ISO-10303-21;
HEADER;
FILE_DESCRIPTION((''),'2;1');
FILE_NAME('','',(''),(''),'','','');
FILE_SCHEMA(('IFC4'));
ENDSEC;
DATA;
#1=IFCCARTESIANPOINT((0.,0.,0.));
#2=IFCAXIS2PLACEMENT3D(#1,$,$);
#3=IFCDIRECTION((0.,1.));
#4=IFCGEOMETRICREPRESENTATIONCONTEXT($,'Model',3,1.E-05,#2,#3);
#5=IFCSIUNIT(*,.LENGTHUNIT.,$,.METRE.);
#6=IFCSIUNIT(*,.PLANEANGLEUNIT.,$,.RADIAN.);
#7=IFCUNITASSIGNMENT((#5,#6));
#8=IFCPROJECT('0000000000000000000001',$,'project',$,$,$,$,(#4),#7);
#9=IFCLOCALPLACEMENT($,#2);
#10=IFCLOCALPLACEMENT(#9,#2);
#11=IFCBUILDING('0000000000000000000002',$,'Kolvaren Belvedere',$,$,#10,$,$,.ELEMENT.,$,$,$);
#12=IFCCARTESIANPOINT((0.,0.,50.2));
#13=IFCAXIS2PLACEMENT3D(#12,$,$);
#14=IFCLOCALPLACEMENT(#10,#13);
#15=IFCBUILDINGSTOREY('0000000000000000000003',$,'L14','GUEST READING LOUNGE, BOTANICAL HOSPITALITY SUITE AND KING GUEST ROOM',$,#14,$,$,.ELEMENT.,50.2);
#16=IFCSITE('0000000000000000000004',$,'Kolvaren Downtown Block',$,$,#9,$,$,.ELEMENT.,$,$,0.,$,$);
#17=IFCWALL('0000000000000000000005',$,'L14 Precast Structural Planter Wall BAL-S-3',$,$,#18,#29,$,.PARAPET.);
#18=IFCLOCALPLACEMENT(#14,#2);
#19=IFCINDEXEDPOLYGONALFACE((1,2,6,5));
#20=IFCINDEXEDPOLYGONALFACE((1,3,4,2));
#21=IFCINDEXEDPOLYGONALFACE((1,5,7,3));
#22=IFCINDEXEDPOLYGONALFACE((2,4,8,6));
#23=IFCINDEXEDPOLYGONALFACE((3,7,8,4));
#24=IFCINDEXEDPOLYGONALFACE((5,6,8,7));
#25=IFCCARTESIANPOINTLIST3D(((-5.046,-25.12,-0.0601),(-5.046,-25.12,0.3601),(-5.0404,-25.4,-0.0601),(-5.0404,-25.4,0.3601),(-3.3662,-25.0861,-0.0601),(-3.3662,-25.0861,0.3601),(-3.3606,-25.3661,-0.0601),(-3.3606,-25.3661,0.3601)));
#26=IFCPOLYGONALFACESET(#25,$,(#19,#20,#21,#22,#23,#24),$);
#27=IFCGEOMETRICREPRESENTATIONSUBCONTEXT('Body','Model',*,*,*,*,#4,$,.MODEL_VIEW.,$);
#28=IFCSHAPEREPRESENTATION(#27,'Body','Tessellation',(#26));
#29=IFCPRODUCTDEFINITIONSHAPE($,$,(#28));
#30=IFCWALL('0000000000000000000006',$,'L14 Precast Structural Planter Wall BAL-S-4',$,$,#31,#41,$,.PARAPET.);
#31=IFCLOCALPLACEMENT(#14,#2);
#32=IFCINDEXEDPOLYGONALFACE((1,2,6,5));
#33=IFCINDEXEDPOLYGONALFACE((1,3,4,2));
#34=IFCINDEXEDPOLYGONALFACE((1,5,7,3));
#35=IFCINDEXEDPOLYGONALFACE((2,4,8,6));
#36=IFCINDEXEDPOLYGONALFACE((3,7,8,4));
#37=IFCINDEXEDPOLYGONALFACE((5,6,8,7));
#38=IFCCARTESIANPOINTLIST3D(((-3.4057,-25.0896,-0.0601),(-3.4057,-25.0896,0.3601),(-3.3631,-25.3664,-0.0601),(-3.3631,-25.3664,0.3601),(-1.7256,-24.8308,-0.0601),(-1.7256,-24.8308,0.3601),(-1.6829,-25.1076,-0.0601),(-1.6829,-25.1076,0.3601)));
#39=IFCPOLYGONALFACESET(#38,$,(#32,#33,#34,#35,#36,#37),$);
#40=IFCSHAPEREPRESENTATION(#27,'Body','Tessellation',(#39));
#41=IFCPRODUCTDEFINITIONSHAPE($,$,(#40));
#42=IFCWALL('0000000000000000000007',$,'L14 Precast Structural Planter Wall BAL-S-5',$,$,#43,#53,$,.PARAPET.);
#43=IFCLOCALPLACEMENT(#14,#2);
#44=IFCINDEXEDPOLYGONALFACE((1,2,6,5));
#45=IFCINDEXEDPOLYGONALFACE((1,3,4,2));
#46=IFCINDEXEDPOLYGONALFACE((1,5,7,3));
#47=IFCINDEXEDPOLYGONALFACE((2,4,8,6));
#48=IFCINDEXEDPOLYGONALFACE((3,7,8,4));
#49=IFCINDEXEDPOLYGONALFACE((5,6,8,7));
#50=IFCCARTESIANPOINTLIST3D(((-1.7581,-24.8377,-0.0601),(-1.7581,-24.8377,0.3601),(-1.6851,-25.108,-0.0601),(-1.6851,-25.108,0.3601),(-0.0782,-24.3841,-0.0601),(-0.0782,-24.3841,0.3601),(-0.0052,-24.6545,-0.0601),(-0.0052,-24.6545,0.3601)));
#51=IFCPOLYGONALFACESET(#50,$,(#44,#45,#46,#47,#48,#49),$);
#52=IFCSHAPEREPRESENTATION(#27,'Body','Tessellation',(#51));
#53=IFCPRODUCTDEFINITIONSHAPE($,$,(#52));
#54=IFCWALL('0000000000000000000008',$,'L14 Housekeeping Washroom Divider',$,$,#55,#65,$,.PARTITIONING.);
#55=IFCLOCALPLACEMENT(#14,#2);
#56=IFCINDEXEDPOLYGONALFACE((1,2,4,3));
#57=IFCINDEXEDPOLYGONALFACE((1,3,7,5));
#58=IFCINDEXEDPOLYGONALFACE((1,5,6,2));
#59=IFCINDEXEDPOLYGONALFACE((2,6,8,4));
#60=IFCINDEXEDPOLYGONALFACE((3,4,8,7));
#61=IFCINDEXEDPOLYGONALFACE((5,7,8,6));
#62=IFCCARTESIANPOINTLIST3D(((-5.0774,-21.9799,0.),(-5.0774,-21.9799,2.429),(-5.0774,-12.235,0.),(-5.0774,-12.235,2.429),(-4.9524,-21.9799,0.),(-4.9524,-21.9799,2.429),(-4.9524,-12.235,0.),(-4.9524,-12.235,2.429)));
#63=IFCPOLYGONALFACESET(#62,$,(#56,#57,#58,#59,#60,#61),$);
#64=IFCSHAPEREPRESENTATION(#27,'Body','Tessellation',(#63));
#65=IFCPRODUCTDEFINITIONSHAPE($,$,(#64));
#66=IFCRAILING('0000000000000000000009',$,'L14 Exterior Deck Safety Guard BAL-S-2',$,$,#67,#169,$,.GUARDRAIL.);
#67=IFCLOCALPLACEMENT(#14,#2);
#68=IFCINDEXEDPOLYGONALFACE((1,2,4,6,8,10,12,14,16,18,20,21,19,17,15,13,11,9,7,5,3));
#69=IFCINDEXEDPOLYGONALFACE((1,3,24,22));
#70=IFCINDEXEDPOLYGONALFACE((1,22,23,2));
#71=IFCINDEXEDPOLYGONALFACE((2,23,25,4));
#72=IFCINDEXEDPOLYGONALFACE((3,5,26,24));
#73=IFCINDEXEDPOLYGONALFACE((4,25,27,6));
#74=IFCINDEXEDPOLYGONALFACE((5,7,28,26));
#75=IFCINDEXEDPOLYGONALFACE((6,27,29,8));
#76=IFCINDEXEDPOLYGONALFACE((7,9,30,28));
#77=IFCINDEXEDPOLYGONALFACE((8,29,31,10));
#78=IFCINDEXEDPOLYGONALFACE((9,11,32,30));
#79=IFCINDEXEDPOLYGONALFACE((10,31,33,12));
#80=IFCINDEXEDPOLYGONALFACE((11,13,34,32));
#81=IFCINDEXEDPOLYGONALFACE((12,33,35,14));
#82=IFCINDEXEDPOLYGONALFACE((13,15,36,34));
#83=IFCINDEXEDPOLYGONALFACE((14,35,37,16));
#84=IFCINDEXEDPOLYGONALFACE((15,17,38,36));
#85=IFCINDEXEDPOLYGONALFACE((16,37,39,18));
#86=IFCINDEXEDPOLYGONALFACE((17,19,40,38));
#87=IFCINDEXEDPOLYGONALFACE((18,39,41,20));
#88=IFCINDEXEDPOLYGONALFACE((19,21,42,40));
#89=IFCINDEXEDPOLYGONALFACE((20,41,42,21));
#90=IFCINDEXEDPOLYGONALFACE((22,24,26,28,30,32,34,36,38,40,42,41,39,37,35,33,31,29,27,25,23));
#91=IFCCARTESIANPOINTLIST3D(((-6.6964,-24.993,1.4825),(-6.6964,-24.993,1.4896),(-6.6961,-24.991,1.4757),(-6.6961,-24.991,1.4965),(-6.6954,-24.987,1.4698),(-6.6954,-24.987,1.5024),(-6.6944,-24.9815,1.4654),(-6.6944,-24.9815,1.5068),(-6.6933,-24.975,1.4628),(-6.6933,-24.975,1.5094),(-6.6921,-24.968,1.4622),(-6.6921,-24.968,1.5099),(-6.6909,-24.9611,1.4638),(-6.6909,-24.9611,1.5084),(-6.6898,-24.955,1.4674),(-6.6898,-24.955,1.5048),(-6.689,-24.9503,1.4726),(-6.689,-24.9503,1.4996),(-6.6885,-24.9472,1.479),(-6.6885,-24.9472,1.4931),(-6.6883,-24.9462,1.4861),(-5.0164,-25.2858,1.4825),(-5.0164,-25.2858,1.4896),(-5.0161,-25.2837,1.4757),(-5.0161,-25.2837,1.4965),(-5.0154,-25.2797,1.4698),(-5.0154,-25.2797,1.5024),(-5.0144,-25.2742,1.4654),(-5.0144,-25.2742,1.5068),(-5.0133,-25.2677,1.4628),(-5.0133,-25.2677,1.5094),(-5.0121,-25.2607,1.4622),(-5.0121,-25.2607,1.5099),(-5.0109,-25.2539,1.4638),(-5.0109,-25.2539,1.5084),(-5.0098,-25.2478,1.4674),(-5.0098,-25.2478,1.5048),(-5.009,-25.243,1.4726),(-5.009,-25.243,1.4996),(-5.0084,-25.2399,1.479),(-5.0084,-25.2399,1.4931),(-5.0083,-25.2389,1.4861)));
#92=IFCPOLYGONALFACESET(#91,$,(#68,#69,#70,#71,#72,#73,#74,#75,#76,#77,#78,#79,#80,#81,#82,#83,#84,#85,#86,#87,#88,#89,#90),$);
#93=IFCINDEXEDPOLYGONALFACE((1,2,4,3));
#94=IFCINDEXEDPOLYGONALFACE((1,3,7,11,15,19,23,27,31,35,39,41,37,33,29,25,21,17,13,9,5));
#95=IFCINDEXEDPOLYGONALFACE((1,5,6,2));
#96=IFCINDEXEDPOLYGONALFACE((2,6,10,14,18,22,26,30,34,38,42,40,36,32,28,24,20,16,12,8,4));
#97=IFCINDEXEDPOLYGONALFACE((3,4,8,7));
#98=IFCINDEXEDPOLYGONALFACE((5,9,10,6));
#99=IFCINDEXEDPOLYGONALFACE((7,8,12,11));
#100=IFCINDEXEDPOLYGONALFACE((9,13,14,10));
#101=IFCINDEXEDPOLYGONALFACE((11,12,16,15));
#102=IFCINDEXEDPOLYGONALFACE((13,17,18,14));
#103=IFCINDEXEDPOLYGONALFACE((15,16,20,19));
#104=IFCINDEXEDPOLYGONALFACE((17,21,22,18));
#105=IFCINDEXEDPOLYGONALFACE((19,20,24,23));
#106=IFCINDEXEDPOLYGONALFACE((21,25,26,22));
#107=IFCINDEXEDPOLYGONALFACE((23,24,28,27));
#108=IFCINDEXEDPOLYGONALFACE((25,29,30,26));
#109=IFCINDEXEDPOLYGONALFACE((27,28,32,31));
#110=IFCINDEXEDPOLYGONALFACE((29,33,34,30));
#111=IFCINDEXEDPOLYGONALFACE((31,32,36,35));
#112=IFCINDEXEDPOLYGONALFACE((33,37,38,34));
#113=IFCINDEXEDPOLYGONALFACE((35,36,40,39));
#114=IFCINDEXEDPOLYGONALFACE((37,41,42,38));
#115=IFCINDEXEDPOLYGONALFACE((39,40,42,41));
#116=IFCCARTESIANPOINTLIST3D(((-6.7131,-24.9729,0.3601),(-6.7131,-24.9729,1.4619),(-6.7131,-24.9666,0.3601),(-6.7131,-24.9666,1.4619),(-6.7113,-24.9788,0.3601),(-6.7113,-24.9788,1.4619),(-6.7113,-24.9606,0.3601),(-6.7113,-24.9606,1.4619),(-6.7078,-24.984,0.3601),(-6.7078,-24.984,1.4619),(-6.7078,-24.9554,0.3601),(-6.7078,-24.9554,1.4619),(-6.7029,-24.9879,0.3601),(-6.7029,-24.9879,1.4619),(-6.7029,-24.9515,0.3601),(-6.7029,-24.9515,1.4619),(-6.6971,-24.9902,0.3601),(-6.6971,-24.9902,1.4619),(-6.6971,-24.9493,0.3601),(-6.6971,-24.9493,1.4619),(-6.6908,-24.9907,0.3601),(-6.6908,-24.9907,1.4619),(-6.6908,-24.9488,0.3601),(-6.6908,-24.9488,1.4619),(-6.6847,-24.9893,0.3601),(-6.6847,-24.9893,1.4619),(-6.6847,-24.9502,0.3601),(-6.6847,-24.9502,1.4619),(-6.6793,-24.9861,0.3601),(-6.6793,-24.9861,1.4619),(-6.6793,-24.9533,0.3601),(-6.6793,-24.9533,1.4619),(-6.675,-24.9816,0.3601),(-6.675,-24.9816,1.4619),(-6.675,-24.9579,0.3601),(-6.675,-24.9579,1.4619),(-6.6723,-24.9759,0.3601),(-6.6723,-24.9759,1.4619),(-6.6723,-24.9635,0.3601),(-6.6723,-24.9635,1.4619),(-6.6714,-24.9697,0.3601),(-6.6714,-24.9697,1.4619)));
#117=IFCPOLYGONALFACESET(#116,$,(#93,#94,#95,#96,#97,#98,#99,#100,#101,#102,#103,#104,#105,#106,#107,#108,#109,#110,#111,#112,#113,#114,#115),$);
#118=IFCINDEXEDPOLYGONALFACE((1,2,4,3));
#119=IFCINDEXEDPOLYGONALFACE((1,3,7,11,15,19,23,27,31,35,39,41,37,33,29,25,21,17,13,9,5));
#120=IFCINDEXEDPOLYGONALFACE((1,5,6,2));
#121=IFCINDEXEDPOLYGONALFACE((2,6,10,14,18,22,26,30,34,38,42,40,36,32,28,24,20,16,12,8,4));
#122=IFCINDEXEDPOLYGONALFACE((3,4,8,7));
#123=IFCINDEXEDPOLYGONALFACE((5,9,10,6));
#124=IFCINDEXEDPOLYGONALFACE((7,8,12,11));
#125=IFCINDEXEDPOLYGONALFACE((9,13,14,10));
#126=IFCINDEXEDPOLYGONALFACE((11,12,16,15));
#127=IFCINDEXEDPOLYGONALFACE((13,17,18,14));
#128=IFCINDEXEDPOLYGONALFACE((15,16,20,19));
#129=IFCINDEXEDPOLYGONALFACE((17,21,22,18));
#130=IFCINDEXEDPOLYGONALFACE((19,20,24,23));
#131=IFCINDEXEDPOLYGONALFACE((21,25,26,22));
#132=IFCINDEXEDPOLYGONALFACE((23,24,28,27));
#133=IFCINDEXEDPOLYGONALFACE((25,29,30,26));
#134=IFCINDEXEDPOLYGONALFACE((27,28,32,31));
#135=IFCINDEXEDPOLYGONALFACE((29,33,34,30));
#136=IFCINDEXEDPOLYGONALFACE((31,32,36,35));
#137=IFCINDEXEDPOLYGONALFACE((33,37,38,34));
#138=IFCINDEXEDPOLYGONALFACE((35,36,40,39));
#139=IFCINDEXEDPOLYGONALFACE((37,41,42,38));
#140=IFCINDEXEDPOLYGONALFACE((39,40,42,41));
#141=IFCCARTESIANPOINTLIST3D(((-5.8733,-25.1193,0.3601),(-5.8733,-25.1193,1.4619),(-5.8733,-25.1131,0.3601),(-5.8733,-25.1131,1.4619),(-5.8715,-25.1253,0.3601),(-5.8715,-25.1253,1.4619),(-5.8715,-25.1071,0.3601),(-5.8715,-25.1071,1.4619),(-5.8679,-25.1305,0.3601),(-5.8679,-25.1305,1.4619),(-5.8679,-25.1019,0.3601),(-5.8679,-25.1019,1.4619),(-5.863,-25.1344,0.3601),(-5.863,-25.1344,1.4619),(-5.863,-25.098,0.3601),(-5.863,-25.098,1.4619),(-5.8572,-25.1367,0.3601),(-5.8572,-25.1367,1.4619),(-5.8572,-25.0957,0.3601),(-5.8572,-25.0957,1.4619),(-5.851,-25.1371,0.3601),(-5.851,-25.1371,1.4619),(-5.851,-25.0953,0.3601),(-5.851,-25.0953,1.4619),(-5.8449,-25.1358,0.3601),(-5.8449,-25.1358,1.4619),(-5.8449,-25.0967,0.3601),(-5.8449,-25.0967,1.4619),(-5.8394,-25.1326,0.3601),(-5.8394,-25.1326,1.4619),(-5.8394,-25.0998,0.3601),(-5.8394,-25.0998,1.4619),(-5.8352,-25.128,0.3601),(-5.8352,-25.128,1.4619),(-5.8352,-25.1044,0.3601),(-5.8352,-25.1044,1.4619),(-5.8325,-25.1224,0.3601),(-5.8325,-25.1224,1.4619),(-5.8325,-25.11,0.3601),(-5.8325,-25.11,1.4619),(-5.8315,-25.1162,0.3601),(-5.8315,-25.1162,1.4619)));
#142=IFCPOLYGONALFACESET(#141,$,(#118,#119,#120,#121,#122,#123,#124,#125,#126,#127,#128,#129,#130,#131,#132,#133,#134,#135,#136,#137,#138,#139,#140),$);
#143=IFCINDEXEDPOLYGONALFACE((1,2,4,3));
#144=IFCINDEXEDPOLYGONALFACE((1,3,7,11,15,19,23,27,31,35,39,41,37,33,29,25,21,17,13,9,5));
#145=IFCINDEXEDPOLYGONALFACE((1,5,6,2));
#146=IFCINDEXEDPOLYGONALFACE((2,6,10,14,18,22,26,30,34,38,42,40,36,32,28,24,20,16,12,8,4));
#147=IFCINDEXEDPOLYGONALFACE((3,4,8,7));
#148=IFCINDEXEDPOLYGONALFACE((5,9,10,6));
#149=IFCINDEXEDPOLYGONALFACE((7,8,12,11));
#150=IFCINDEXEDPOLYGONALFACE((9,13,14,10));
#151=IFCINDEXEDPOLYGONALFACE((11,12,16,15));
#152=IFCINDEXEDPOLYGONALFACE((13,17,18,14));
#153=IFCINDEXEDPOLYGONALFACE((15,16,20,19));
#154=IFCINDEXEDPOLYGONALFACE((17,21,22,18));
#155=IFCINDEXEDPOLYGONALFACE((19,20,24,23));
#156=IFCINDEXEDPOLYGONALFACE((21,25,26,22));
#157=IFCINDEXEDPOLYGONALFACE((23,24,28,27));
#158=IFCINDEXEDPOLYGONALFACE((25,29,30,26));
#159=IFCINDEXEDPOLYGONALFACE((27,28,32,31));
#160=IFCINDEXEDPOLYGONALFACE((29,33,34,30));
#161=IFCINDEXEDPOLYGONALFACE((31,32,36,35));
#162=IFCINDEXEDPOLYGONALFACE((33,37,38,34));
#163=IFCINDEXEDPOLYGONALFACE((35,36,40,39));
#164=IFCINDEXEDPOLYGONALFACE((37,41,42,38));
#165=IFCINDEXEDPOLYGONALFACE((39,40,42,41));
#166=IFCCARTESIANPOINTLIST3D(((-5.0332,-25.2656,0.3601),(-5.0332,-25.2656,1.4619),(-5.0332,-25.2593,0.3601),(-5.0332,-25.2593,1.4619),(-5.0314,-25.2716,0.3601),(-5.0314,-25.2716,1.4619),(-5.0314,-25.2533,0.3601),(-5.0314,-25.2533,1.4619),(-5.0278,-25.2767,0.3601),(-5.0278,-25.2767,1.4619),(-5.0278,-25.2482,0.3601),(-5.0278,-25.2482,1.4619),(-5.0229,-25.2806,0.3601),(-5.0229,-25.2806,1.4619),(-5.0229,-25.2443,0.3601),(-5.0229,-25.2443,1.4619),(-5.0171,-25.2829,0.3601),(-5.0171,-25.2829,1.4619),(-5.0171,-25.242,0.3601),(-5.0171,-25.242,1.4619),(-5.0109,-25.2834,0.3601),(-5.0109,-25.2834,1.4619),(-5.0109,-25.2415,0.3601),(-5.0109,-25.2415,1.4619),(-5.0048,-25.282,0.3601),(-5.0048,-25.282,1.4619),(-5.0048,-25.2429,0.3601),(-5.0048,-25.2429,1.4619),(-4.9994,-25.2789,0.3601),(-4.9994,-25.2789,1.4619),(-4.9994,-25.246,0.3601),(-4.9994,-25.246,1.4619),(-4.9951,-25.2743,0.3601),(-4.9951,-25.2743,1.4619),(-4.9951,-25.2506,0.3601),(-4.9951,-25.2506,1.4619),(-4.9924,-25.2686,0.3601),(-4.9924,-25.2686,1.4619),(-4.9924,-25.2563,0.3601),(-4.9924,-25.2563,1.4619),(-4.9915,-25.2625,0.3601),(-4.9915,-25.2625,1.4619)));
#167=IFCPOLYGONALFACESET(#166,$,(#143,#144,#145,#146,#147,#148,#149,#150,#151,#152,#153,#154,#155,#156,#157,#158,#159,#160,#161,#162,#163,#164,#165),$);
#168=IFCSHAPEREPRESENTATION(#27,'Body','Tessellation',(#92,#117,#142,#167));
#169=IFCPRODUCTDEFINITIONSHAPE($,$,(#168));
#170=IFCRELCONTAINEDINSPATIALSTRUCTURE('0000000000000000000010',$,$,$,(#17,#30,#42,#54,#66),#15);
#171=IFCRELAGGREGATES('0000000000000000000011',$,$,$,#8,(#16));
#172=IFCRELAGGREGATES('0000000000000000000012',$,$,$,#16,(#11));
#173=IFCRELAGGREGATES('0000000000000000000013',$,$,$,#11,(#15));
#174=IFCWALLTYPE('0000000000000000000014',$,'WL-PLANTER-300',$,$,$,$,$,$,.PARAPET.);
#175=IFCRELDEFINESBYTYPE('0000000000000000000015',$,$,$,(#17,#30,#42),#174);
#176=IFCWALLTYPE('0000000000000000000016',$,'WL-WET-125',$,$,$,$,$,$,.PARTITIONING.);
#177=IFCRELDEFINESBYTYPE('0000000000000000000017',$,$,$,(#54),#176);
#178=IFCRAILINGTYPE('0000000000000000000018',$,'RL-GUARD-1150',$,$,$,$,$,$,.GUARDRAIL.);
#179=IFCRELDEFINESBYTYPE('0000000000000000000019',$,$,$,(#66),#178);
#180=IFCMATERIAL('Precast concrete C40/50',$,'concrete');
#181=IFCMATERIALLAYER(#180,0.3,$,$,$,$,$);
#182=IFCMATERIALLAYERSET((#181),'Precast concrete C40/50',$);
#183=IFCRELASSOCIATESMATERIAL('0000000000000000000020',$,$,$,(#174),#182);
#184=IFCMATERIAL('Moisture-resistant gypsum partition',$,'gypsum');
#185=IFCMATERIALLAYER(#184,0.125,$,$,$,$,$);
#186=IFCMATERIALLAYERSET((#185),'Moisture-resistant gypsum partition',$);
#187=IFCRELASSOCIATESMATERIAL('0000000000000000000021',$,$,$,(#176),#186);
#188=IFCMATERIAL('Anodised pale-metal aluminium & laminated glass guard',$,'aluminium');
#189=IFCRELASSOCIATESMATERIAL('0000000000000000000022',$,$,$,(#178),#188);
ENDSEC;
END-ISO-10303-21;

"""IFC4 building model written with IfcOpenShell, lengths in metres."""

from ifc_helpers import new_model, si_unit, direction, frame, frame_2d, origin, origin_2d, place, context, subcontext, project, spatial, rectangle, circle, extrude, material, layer, layer_set, type_object, element, save


model = new_model("IFC4")

# Units and contexts
model_context = context("Model", 3, precision=1e-05, world=origin(), true_north=direction((0.0, 1.0)))
body_context = subcontext(model_context, "Body", "Model", "MODEL_VIEW")
ifc_project = project(units=[si_unit("LENGTHUNIT", "METRE"), si_unit("PLANEANGLEUNIT", "RADIAN")], contexts=[model_context])

# Site, building, storey
site_placement = place(None, origin())
site = spatial("IfcSite", under=ifc_project, at=site_placement, Name="Kolvaren Downtown Block", CompositionType="ELEMENT", RefElevation=0.0)
building_placement = place(site_placement, origin())
building = spatial("IfcBuilding", under=site, at=building_placement, Name="Kolvaren Belvedere", CompositionType="ELEMENT")
storey_placement = place(building_placement, frame((0.0, 0.0, 50.2)))
storey = spatial("IfcBuildingStorey", under=building, at=storey_placement, Name="L14", Description="GUEST READING LOUNGE, BOTANICAL HOSPITALITY SUITE AND KING GUEST ROOM", CompositionType="ELEMENT", Elevation=50.2)

# Walls
ifc_material_1 = material(Name="Precast concrete C40/50", Category="concrete")
ifc_layer_1 = layer(ifc_material_1, 0.3)
ifc_layer_set_1 = layer_set([ifc_layer_1], Name="Precast concrete C40/50")
wall_type_1 = type_object("IfcWallType", Name="WL-PLANTER-300", PredefinedType="PARAPET", material=ifc_layer_set_1)
wall_1_placement = place(storey_placement, frame((-5.0432, -25.26, -0.0601), z_axis=(0.0, 0.0, 1.0), x_axis=(0.999796, 0.020196, 0.0)))
element("IfcWall", 1, at=wall_1_placement, inside=storey, type_object=wall_type_1, Name="L14 Precast Structural Planter Wall BAL-S-3", PredefinedType="PARAPET", context=body_context, shape_type="SweptSolid", body=[
    extrude(rectangle(XDim=1.6802, YDim=0.28, at=frame_2d((0.8401, 0.0))), origin(), (0.0, 0.0, 1.0), 0.4202),
])
wall_2_placement = place(storey_placement, frame((-3.3845, -25.228, -0.0601), z_axis=(0.0, 0.0, 1.0), x_axis=(0.988345, 0.15223, 0.0)))
element("IfcWall", 2, at=wall_2_placement, inside=storey, type_object=wall_type_1, Name="L14 Precast Structural Planter Wall BAL-S-4", PredefinedType="PARAPET", context=body_context, shape_type="SweptSolid", body=[
    extrude(rectangle(XDim=1.7, YDim=0.28, at=frame_2d((0.8501, 0.0))), origin(), (0.0, 0.0, 1.0), 0.4202),
])
wall_3_placement = place(storey_placement, frame((-1.7217, -24.9729, -0.0601), z_axis=(0.0, 0.0, 1.0), x_axis=(0.965424, 0.260683, 0.0)))
element("IfcWall", 3, at=wall_3_placement, inside=storey, type_object=wall_type_1, Name="L14 Precast Structural Planter Wall BAL-S-5", PredefinedType="PARAPET", context=body_context, shape_type="SweptSolid", body=[
    extrude(rectangle(XDim=1.74, YDim=0.28, at=frame_2d((0.8701, 0.0))), origin(), (0.0, 0.0, 1.0), 0.4202),
])
ifc_material_2 = material(Name="Moisture-resistant gypsum partition", Category="gypsum")
ifc_layer_2 = layer(ifc_material_2, 0.125)
ifc_layer_set_2 = layer_set([ifc_layer_2], Name="Moisture-resistant gypsum partition")
wall_type_2 = type_object("IfcWallType", Name="WL-WET-125", PredefinedType="PARTITIONING", material=ifc_layer_set_2)
wall_4_placement = place(storey_placement, frame((-5.0149, -21.98, 0.0), z_axis=(0.0, 0.0, 1.0), x_axis=(0.0, 1.0, 0.0)))
element("IfcWall", 4, at=wall_4_placement, inside=storey, type_object=wall_type_2, Name="L14 Housekeeping Washroom Divider", PredefinedType="PARTITIONING", context=body_context, shape_type="SweptSolid", body=[
    extrude(rectangle(XDim=9.7449, YDim=0.125, at=frame_2d((4.8726, 0.0))), origin(), (0.0, 0.0, 1.0), 2.429),
])

# Railing
ifc_material_3 = material(Name="Anodised pale-metal aluminium & laminated glass guard", Category="aluminium")
railing_type = type_object("IfcRailingType", Name="RL-GUARD-1150", PredefinedType="GUARDRAIL", material=ifc_material_3)
railing_1_placement = place(storey_placement, frame((-6.6924, -24.9697, 0.3601)))
element("IfcRailing", 5, at=railing_1_placement, inside=storey, type_object=railing_type, Name="L14 Exterior Deck Safety Guard BAL-S-2", PredefinedType="GUARDRAIL", context=body_context, shape_type="SweptSolid", body=[
    extrude(circle(Radius=0.0239, at=origin_2d()), frame((0.0, 0.0, 1.126), z_axis=(0.985156, -0.171661, 0.0), x_axis=(0.171661, 0.985156, 0.0)), (0.0, 0.0, 1.0), 1.7053),
    extrude(circle(Radius=0.021, at=origin_2d()), origin(), (0.0, 0.0, 1.0), 1.1018),
    extrude(circle(Radius=0.021, at=origin_2d()), frame((0.8398, -0.1465, 0.0)), (0.0, 0.0, 1.0), 1.1018),
    extrude(circle(Radius=0.021, at=origin_2d()), frame((1.6799, -0.2927, 0.0)), (0.0, 0.0, 1.0), 1.1018),
])

save(model, "model.ifc")
